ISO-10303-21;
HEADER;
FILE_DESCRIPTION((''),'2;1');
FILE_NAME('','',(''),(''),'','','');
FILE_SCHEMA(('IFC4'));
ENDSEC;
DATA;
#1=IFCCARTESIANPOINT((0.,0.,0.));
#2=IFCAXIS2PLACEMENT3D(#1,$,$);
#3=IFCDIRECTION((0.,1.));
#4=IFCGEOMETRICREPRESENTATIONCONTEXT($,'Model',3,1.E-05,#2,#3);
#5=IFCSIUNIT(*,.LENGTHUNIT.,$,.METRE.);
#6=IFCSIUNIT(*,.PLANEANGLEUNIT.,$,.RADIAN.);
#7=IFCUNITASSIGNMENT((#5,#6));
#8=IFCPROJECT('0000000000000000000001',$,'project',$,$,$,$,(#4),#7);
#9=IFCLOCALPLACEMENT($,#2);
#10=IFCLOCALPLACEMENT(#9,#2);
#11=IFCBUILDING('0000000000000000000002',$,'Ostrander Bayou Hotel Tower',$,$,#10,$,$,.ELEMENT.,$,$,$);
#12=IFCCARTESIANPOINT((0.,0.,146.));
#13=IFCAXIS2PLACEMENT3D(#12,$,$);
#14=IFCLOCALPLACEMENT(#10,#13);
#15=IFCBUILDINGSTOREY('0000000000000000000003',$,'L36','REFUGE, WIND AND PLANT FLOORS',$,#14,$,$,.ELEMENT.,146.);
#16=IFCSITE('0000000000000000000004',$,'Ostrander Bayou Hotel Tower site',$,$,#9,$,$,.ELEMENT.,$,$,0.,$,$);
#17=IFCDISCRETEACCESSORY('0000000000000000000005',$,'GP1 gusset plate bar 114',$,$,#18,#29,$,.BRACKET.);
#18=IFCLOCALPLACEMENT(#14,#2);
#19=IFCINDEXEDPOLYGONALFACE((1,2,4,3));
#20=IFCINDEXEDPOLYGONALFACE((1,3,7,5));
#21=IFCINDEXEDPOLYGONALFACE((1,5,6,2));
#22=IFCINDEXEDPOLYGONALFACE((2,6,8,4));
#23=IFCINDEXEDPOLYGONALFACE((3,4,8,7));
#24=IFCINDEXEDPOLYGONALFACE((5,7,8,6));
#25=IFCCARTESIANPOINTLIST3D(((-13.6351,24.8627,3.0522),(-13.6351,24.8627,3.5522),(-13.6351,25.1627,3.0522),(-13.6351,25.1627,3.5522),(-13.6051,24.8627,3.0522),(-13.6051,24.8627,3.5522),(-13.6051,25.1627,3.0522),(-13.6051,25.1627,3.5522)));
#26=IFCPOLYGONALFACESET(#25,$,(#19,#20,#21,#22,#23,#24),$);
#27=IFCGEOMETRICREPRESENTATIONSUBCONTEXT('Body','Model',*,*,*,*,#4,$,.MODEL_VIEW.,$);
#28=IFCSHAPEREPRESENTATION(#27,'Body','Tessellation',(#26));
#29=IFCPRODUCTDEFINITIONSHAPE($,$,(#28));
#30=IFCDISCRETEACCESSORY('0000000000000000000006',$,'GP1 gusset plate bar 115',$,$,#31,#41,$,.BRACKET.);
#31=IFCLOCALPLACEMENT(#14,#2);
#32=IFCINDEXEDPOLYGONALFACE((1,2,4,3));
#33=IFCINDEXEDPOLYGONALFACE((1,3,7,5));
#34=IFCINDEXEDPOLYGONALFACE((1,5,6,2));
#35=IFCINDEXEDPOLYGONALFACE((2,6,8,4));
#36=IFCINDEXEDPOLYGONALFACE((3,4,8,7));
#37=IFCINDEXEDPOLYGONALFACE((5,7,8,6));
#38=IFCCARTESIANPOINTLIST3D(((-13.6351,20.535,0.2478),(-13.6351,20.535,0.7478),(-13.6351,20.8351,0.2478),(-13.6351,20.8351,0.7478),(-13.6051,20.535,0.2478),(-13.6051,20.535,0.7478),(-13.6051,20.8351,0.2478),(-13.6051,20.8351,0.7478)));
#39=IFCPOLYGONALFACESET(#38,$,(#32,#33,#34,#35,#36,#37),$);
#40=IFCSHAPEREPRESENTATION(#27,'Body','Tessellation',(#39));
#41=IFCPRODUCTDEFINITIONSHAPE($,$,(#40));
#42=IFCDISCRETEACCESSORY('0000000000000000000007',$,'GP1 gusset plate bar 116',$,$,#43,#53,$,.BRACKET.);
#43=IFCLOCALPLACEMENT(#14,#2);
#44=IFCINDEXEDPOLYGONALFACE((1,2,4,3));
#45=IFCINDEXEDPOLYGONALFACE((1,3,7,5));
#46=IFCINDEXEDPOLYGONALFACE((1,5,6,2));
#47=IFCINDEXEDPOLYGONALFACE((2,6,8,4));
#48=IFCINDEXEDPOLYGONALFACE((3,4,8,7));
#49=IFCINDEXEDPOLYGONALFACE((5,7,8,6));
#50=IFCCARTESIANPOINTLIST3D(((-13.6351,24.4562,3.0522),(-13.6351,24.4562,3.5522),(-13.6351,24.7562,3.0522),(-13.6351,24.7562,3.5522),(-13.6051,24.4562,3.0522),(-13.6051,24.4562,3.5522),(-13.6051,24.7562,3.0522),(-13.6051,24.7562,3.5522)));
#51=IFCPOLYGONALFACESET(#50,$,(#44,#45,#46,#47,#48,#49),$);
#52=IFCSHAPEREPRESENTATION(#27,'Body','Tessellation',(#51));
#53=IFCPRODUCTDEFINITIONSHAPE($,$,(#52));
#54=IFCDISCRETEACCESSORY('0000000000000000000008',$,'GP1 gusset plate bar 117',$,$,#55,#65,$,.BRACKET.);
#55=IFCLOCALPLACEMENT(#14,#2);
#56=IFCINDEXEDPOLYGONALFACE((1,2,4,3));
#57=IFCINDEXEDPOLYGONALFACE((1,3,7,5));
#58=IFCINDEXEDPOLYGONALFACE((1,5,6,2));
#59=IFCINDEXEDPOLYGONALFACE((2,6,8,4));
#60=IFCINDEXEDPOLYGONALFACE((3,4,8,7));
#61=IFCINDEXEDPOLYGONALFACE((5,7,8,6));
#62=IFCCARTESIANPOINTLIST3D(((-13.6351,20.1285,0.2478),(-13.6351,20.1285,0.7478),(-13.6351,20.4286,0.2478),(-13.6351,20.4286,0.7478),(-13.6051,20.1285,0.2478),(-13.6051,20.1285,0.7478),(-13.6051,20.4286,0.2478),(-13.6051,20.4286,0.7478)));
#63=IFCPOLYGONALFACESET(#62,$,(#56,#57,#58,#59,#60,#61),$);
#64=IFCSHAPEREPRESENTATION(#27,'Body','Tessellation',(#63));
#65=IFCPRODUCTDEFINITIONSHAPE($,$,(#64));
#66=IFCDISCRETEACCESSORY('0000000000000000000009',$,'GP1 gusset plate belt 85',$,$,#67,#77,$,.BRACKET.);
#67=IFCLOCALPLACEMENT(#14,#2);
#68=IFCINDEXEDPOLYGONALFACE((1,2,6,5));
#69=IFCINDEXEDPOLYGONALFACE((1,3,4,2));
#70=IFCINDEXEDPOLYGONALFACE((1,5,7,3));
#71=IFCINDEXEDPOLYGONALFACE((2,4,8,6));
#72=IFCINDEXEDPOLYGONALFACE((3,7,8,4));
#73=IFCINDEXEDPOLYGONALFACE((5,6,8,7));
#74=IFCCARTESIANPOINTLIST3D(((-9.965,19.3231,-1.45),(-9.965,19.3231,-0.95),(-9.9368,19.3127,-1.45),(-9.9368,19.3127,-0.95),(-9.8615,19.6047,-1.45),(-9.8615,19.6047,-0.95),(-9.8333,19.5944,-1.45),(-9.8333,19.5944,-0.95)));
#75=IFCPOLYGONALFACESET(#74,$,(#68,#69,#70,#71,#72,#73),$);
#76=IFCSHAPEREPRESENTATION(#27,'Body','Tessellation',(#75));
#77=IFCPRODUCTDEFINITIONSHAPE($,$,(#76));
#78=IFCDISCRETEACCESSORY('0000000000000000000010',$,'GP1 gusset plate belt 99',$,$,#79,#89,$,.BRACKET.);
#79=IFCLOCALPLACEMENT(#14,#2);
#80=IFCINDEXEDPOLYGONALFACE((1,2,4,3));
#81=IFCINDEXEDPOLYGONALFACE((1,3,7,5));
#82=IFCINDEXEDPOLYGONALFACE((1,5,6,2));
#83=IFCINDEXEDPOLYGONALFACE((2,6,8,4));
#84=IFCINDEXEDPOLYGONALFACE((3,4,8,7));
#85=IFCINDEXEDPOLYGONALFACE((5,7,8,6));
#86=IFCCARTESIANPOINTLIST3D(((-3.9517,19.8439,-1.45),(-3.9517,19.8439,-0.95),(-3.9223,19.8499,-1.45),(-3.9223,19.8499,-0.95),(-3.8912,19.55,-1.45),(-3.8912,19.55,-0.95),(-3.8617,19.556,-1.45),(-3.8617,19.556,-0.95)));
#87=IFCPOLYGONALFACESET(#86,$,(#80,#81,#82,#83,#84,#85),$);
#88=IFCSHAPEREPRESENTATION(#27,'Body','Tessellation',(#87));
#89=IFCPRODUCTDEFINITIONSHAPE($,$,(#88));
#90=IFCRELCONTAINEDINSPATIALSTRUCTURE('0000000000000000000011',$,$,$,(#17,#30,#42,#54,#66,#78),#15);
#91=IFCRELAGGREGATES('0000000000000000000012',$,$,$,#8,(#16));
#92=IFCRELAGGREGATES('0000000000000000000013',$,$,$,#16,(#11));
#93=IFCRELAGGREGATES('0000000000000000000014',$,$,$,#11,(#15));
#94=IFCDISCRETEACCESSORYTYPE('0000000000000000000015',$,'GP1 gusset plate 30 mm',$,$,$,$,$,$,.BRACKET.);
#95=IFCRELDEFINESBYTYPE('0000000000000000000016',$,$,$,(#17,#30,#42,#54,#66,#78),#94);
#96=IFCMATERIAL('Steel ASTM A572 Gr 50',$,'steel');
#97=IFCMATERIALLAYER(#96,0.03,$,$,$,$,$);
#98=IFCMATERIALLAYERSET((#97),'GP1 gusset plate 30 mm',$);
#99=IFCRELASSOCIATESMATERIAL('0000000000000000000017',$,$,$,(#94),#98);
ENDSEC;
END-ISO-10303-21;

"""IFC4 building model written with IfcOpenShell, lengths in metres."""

from ifc_helpers import new_model, si_unit, direction, frame, origin, origin_2d, place, context, subcontext, project, spatial, rectangle, extrude, material, layer, layer_set, type_object, element, save


model = new_model("IFC4")

# Units and contexts
model_context = context("Model", 3, precision=1e-05, world=origin(), true_north=direction((0.0, 1.0)))
body_context = subcontext(model_context, "Body", "Model", "MODEL_VIEW")
ifc_project = project(units=[si_unit("LENGTHUNIT", "METRE"), si_unit("PLANEANGLEUNIT", "RADIAN")], contexts=[model_context])

# Site, building, storey
site_placement = place(None, origin())
site = spatial("IfcSite", under=ifc_project, at=site_placement, Name="Ostrander Bayou Hotel Tower site", CompositionType="ELEMENT", RefElevation=0.0)
building_placement = place(site_placement, origin())
building = spatial("IfcBuilding", under=site, at=building_placement, Name="Ostrander Bayou Hotel Tower", CompositionType="ELEMENT")
storey_placement = place(building_placement, frame((0.0, 0.0, 146.0)))
storey = spatial("IfcBuildingStorey", under=building, at=storey_placement, Name="L36", Description="REFUGE, WIND AND PLANT FLOORS", CompositionType="ELEMENT", Elevation=146.0)

# Discrete accessories
ifc_material_1 = material(Name="Steel ASTM A572 Gr 50", Category="steel")
ifc_layer = layer(ifc_material_1, 0.03)
ifc_layer_set = layer_set([ifc_layer], Name="GP1 gusset plate 30 mm")
discrete_accessory_type = type_object("IfcDiscreteAccessoryType", Name="GP1 gusset plate 30 mm", PredefinedType="BRACKET", material=ifc_layer_set)
for number, where, z_axis, x_axis, name in (
    (1, (-13.6201, 25.0127, 3.0522), (0.0, 0.0, 1.0), (0.0, -1.0, 0.0), "GP1 gusset plate bar 114"),
    (2, (-13.6201, 20.6851, 0.2478), (0.0, 0.0, 1.0), (0.0, 1.0, 0.0), "GP1 gusset plate bar 115"),
    (3, (-13.6201, 24.6062, 3.0522), (0.0, 0.0, 1.0), (0.0, 1.0, 0.0), "GP1 gusset plate bar 116"),
    (4, (-13.6201, 20.2786, 0.2478), (0.0, 0.0, 1.0), (0.0, -1.0, 0.0), "GP1 gusset plate bar 117"),
    (5, (-9.8992, 19.4587, -1.45), (0.0, 0.0, 1.0), (-0.344872, -0.93865, 0.0), "GP1 gusset plate belt 85"),
    (6, (-3.9067, 19.7, -1.45), (0.0, 0.0, 1.0), (0.201898, -0.979406, 0.0), "GP1 gusset plate belt 99"),
):
    element("IfcDiscreteAccessory", number, at=place(storey_placement, frame(where, z_axis=z_axis, x_axis=x_axis)), inside=storey, type_object=discrete_accessory_type, Name=name, PredefinedType="BRACKET", context=body_context, shape_type="SweptSolid", body=[
        extrude(rectangle(XDim=0.3, YDim=0.03, at=origin_2d()), origin(), (0.0, 0.0, 1.0), 0.5),
    ])

save(model, "model.ifc")
